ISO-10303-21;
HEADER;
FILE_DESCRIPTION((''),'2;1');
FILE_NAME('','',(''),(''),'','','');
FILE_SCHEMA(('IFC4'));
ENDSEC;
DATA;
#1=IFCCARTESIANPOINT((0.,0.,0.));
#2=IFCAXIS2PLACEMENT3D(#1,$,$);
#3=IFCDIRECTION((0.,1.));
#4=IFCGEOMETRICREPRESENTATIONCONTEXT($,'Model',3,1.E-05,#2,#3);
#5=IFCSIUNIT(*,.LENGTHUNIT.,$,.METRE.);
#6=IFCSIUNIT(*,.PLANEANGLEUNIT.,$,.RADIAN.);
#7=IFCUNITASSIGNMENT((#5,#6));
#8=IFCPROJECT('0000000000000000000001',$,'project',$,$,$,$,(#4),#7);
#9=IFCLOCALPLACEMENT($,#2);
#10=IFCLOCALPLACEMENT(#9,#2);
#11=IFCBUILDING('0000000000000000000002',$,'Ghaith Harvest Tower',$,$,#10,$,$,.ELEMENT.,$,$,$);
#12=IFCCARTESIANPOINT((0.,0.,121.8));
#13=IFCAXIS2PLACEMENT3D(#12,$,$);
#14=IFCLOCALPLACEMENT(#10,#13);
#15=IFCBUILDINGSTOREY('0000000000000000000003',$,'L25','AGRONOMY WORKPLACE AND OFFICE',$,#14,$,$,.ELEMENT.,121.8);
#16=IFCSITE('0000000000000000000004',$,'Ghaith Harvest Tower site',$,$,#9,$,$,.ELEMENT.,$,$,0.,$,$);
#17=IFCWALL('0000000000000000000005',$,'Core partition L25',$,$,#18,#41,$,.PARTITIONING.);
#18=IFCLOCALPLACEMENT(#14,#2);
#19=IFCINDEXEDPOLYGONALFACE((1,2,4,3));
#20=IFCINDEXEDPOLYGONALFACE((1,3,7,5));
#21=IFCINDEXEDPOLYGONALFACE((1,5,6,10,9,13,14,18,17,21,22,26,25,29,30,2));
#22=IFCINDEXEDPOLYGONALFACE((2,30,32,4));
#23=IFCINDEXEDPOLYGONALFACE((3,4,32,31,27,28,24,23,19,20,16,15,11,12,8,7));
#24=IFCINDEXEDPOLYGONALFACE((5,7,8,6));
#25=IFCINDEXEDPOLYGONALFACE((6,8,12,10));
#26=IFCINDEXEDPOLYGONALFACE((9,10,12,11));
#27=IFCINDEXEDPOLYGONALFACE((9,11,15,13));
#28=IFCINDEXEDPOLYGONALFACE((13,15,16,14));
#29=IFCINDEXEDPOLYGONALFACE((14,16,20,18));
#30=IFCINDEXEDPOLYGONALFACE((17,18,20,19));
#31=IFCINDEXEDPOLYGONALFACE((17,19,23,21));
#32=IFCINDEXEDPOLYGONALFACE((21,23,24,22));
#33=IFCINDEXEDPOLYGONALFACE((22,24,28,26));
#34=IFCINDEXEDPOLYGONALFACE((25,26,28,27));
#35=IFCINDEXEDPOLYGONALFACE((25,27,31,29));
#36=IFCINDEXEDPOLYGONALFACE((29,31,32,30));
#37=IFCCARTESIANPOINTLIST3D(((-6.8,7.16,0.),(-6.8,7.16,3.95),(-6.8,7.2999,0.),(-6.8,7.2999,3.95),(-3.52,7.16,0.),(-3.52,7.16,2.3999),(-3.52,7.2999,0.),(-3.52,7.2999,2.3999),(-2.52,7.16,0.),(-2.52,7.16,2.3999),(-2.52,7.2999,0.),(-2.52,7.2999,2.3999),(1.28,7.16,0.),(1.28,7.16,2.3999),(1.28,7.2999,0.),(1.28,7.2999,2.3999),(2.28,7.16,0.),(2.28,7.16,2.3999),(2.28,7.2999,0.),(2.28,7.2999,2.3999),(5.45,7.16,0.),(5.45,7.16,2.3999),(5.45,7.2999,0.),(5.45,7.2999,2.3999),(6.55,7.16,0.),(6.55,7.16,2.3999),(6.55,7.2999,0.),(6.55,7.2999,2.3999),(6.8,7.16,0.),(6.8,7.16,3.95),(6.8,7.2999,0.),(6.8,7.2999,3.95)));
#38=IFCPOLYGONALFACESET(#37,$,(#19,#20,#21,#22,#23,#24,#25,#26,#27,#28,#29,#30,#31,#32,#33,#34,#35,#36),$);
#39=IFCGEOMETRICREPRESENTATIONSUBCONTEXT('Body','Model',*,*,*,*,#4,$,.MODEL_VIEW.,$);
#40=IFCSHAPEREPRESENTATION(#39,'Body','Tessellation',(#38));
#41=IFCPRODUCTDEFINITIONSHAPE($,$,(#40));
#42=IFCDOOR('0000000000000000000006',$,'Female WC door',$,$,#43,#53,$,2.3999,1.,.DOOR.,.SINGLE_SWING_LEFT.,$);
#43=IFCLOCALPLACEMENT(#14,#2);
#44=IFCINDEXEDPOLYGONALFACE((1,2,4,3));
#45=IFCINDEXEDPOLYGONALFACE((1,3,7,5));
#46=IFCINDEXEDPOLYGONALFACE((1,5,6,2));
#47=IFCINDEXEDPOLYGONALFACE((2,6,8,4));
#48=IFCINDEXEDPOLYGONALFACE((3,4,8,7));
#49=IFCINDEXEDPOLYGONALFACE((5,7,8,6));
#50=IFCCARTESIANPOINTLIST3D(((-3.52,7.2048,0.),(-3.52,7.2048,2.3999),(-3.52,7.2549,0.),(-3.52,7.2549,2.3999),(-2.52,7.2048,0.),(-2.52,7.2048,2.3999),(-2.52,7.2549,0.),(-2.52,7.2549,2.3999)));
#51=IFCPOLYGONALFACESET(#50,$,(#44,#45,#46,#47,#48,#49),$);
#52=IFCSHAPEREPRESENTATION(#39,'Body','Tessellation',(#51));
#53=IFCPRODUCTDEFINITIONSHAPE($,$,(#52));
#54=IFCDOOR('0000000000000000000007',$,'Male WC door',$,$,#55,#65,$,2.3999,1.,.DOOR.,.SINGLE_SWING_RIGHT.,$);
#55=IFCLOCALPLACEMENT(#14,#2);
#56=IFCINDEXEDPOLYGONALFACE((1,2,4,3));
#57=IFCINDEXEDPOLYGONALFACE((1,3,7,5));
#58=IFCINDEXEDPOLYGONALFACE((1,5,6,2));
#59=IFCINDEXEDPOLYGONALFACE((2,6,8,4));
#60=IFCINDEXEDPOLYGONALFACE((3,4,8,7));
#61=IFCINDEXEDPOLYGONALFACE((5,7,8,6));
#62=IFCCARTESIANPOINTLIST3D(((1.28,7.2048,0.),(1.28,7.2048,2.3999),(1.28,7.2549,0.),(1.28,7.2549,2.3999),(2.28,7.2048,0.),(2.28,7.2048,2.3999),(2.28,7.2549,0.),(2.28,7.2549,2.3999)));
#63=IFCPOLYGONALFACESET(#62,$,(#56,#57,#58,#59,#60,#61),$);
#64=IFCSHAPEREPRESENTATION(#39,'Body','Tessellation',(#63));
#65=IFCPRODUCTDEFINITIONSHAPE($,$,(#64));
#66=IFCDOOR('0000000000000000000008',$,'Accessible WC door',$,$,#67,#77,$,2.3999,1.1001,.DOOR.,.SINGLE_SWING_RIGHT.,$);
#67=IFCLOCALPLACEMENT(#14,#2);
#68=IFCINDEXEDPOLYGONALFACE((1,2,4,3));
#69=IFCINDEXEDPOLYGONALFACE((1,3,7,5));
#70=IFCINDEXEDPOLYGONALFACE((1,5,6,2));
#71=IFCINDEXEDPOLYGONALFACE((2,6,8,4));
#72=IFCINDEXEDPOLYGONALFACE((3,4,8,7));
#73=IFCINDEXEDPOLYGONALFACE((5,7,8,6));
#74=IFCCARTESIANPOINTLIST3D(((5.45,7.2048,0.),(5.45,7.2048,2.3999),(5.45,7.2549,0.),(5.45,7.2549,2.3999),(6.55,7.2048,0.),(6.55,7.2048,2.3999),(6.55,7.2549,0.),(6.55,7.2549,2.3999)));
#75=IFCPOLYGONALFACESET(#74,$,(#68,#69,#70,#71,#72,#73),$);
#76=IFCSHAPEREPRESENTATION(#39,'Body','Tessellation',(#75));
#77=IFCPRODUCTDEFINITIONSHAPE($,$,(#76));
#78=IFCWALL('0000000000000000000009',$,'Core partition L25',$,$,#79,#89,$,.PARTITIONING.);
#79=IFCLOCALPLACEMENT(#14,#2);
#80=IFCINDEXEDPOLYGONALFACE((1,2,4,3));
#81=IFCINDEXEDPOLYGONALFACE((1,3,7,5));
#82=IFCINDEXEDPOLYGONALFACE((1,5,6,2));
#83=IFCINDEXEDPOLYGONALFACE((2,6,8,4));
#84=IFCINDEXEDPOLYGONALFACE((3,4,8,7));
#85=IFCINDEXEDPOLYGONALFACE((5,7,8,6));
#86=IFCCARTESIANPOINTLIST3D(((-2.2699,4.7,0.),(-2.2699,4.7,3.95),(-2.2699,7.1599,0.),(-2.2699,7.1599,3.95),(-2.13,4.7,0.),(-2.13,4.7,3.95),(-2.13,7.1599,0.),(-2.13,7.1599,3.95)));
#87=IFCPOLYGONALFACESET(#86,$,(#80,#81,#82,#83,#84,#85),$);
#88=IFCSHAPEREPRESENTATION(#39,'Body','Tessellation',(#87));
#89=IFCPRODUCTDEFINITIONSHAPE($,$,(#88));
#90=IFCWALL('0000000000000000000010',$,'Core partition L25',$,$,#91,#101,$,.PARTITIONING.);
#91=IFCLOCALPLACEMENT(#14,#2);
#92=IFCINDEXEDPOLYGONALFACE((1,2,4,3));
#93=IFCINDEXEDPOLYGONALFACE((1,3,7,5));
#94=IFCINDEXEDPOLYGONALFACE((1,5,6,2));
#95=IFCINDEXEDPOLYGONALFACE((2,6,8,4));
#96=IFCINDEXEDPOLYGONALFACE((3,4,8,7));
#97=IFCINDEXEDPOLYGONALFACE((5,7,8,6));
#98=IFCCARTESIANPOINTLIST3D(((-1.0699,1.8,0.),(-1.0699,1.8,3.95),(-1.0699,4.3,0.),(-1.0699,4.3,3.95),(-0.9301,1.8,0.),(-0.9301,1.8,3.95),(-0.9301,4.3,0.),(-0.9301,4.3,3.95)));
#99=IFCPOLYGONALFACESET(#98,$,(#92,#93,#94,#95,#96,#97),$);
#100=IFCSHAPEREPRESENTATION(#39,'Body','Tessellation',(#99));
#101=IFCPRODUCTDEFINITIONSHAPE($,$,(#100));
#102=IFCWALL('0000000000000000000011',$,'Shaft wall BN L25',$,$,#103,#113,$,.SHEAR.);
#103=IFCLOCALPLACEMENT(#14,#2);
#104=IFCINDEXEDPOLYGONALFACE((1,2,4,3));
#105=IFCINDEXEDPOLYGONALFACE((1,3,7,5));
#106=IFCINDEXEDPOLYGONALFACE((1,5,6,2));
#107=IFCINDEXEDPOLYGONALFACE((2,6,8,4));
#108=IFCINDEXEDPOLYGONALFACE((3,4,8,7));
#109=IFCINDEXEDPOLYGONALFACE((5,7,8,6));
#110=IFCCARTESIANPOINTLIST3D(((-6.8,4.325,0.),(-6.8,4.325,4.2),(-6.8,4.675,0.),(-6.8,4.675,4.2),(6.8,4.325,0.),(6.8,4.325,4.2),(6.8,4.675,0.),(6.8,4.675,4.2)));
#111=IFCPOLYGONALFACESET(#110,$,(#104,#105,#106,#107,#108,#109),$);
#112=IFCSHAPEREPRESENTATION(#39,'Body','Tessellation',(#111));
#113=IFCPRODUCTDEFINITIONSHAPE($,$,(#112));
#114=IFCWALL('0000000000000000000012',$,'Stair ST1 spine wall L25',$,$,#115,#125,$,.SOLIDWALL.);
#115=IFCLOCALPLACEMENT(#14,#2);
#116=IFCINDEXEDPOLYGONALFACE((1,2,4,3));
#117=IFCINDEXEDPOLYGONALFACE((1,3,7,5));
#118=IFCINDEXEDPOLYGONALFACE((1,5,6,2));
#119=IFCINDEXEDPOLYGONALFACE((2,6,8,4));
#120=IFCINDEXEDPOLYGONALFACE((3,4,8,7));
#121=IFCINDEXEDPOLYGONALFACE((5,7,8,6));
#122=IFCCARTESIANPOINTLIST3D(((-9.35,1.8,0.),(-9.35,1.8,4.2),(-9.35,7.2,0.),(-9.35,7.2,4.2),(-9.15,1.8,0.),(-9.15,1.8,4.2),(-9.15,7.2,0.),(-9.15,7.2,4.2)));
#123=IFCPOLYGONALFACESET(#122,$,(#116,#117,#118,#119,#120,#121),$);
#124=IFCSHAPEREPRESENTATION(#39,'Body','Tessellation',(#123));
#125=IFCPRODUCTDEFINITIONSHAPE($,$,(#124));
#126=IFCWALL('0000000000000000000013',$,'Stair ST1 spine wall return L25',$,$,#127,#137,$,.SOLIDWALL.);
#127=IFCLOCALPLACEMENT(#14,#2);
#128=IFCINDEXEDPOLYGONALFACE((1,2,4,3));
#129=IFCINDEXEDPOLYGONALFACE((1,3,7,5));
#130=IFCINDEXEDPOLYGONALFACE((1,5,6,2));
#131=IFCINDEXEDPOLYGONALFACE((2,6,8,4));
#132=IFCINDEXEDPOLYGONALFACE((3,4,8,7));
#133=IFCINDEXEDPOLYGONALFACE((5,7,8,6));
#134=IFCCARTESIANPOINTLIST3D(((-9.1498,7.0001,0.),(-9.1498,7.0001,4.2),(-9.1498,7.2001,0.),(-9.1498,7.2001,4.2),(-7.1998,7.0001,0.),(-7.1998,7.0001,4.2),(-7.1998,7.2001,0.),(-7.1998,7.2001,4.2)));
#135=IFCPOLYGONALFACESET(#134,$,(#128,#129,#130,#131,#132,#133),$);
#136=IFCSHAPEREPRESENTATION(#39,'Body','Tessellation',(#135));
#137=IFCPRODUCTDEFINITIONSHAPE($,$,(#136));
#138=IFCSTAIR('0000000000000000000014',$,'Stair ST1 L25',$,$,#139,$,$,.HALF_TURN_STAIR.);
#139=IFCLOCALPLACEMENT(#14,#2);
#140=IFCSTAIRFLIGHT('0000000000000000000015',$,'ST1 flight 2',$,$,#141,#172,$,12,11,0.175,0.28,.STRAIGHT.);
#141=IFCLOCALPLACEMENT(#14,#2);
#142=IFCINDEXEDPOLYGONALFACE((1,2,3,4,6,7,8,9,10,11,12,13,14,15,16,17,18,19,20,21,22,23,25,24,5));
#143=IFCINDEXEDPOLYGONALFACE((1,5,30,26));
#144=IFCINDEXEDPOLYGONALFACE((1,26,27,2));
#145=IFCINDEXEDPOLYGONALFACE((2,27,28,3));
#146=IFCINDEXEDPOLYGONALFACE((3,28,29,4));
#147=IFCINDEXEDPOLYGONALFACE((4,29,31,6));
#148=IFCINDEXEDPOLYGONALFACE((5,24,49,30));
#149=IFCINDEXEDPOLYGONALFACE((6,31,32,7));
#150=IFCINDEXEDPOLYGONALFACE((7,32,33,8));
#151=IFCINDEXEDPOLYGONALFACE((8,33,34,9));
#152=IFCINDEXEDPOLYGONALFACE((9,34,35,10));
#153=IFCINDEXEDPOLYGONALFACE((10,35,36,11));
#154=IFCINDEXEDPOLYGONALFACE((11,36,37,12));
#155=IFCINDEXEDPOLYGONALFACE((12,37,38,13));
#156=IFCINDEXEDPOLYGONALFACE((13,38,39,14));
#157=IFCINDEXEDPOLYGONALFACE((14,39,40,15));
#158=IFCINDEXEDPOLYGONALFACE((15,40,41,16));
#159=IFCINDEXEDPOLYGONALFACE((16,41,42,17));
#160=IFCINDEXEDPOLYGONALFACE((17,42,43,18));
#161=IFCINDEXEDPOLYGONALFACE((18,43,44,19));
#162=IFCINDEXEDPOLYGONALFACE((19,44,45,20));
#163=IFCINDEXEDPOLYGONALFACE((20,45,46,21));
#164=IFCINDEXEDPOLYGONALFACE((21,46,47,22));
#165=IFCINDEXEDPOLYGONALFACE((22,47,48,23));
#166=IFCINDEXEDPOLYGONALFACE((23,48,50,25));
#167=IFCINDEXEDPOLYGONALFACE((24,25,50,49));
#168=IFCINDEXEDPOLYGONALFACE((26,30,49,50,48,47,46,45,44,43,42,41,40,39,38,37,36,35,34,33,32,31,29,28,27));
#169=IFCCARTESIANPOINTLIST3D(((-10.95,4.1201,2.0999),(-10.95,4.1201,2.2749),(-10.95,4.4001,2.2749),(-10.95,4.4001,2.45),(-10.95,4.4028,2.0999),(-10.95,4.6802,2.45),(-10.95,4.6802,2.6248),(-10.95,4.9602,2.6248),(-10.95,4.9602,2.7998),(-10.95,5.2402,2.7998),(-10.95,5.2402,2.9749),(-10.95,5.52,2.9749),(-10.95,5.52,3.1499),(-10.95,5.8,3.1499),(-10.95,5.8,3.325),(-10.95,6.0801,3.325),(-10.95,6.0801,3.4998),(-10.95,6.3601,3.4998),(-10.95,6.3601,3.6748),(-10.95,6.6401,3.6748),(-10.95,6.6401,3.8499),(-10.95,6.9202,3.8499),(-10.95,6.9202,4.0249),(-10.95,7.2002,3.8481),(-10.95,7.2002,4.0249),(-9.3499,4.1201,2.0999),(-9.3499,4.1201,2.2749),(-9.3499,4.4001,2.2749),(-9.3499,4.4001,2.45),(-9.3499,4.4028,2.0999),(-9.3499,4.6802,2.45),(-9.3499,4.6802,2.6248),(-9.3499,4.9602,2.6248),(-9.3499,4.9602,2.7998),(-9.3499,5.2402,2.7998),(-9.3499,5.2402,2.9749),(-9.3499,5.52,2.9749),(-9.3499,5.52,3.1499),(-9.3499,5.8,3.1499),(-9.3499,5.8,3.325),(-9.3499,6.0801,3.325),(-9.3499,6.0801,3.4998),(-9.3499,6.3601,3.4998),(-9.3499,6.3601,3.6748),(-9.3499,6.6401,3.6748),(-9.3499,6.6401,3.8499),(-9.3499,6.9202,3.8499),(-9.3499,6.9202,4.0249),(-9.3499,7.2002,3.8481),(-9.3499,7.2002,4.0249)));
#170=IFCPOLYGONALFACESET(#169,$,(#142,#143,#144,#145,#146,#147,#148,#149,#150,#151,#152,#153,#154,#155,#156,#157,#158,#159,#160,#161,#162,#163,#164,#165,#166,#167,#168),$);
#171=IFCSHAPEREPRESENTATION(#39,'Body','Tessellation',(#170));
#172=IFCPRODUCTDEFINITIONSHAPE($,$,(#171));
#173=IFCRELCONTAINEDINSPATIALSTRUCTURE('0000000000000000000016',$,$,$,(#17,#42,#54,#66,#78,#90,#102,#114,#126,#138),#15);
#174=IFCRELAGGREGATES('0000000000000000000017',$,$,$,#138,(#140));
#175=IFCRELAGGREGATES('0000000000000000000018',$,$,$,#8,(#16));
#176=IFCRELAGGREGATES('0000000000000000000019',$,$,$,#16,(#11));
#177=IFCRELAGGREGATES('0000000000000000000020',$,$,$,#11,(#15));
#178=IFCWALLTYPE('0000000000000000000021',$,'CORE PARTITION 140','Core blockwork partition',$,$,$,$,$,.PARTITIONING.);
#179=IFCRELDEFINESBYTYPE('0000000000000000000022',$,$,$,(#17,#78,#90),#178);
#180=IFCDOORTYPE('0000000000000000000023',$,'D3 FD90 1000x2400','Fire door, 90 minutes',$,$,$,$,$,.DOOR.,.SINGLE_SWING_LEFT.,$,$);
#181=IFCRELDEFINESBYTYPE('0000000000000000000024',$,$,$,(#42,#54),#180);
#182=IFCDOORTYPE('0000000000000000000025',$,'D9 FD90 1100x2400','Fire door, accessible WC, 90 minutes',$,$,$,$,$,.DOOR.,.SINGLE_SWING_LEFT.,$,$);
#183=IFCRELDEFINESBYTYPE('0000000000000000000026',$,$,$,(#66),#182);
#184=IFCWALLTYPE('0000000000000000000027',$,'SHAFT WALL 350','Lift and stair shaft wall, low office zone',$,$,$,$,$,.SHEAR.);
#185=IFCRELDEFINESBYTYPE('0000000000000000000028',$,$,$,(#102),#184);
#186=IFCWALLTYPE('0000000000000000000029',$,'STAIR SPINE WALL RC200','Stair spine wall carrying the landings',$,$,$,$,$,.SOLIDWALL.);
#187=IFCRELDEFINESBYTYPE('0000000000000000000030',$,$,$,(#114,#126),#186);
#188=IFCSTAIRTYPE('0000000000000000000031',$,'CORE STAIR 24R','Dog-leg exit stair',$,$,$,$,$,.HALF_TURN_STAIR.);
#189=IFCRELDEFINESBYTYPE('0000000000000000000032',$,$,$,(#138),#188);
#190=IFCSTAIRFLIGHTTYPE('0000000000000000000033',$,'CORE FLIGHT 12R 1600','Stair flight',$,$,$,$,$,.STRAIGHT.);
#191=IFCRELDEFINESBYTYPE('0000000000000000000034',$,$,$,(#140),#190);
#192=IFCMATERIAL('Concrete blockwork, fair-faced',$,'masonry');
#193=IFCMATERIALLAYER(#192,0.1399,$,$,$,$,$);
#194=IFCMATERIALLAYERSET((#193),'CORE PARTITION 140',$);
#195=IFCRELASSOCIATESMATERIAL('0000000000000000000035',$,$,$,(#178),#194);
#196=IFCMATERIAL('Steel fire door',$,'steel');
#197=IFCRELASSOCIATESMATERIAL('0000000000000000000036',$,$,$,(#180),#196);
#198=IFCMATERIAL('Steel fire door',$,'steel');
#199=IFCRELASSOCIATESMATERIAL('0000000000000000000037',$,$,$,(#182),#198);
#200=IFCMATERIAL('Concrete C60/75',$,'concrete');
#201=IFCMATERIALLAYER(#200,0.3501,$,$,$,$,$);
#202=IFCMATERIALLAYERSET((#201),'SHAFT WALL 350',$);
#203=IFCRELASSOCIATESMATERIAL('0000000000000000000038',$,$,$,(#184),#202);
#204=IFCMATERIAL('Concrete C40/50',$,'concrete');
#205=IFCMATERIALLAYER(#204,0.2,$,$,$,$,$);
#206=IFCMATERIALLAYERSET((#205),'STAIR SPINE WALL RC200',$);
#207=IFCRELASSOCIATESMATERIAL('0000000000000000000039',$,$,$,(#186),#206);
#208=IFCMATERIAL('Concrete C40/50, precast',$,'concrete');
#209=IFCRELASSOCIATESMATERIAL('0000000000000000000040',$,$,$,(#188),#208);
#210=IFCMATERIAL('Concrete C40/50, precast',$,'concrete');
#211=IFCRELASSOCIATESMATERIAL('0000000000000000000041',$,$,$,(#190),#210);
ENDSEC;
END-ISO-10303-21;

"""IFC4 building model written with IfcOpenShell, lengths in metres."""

from ifc_helpers import new_model, si_unit, direction, frame, frame_2d, origin, place, context, subcontext, project, spatial, polyline, rectangle, outline, extrude, material, layer, layer_set, type_object, element, fill, aggregate, save


model = new_model("IFC4")

# Units and contexts
model_context = context("Model", 3, precision=1e-05, world=origin(), true_north=direction((0.0, 1.0)))
body_context = subcontext(model_context, "Body", "Model", "MODEL_VIEW")
ifc_project = project(units=[si_unit("LENGTHUNIT", "METRE"), si_unit("PLANEANGLEUNIT", "RADIAN")], contexts=[model_context])

# Site, building, storey
site_placement = place(None, origin())
site = spatial("IfcSite", under=ifc_project, at=site_placement, Name="Ghaith Harvest Tower site", CompositionType="ELEMENT", RefElevation=0.0)
building_placement = place(site_placement, origin())
building = spatial("IfcBuilding", under=site, at=building_placement, Name="Ghaith Harvest Tower", CompositionType="ELEMENT")
storey_placement = place(building_placement, frame((0.0, 0.0, 121.8)))
storey = spatial("IfcBuildingStorey", under=building, at=storey_placement, Name="L25", Description="AGRONOMY WORKPLACE AND OFFICE", CompositionType="ELEMENT", Elevation=121.8)

# Wall, openings, doors
ifc_material_1 = material(Name="Concrete blockwork, fair-faced", Category="masonry")
ifc_layer_1 = layer(ifc_material_1, 0.1399)
ifc_layer_set_1 = layer_set([ifc_layer_1], Name="CORE PARTITION 140")
wall_type_1 = type_object("IfcWallType", Name="CORE PARTITION 140", Description="Core blockwork partition", PredefinedType="PARTITIONING", material=ifc_layer_set_1)
wall_1_placement = place(storey_placement, frame((-6.8, 7.23, 0.0), z_axis=(0.0, 0.0, 1.0), x_axis=(1.0, 0.0, 0.0)))
wall_1 = element("IfcWall", 1, at=wall_1_placement, inside=storey, type_object=wall_type_1, Name="Core partition L25", PredefinedType="PARTITIONING", context=body_context, shape_type="SweptSolid", body=[
    extrude(rectangle(XDim=13.6001, YDim=0.1399, at=frame_2d((6.8, 0.0))), origin(), (0.0, 0.0, 1.0), 3.95),
])
opening_1_placement = place(wall_1_placement, frame((3.28, 0.0, 0.0)))
opening_1 = element("IfcOpeningElement", 2, at=opening_1_placement, cuts=wall_1, PredefinedType="OPENING", context=body_context, shape_type="SweptSolid", body=[
    extrude(rectangle(XDim=1.0, YDim=2.3999, at=frame_2d((0.5, 1.2))), frame((0.0, 0.0801, 0.0), z_axis=(0.0, -1.0, 0.0), x_axis=(1.0, 0.0, 0.0)), (0.0, 0.0, 1.0), 0.1599),
])
opening_2_placement = place(wall_1_placement, frame((8.0801, 0.0, 0.0)))
opening_2 = element("IfcOpeningElement", 3, at=opening_2_placement, cuts=wall_1, PredefinedType="OPENING", context=body_context, shape_type="SweptSolid", body=[
    extrude(rectangle(XDim=1.0, YDim=2.3999, at=frame_2d((0.5, 1.2))), frame((0.0, 0.0801, 0.0), z_axis=(0.0, -1.0, 0.0), x_axis=(1.0, 0.0, 0.0)), (0.0, 0.0, 1.0), 0.1599),
])
opening_3_placement = place(wall_1_placement, frame((12.25, 0.0, 0.0)))
opening_3 = element("IfcOpeningElement", 4, at=opening_3_placement, cuts=wall_1, PredefinedType="OPENING", context=body_context, shape_type="SweptSolid", body=[
    extrude(rectangle(XDim=1.1001, YDim=2.3999, at=frame_2d((0.55, 1.2))), frame((0.0, 0.0801, 0.0), z_axis=(0.0, -1.0, 0.0), x_axis=(1.0, 0.0, 0.0)), (0.0, 0.0, 1.0), 0.1599),
])
ifc_material_2 = material(Name="Steel fire door", Category="steel")
door_type_1 = type_object("IfcDoorType", Name="D3 FD90 1000x2400", Description="Fire door, 90 minutes", OperationType="SINGLE_SWING_LEFT", PredefinedType="DOOR", material=ifc_material_2)
door_1_placement = place(opening_1_placement, origin())
door_1 = element("IfcDoor", 5, at=door_1_placement, inside=storey, type_object=door_type_1, Name="Female WC door", OperationType="SINGLE_SWING_LEFT", OverallHeight=2.3999, OverallWidth=1.0, PredefinedType="DOOR", context=body_context, shape_type="SweptSolid", body=[
    extrude(rectangle(XDim=1.0, YDim=2.3999, at=frame_2d((0.5, 1.2))), frame((0.0, 0.0249, 0.0), z_axis=(0.0, -1.0, 0.0), x_axis=(1.0, 0.0, 0.0)), (0.0, 0.0, 1.0), 0.05),
])
fill(opening_1, door_1)
door_2_placement = place(opening_2_placement, origin())
door_2 = element("IfcDoor", 6, at=door_2_placement, inside=storey, type_object=door_type_1, Name="Male WC door", OperationType="SINGLE_SWING_RIGHT", OverallHeight=2.3999, OverallWidth=1.0, PredefinedType="DOOR", context=body_context, shape_type="SweptSolid", body=[
    extrude(rectangle(XDim=1.0, YDim=2.3999, at=frame_2d((0.5, 1.2))), frame((0.0, 0.0249, 0.0), z_axis=(0.0, -1.0, 0.0), x_axis=(1.0, 0.0, 0.0)), (0.0, 0.0, 1.0), 0.05),
])
fill(opening_2, door_2)
ifc_material_3 = material(Name="Steel fire door", Category="steel")
door_type_2 = type_object("IfcDoorType", Name="D9 FD90 1100x2400", Description="Fire door, accessible WC, 90 minutes", OperationType="SINGLE_SWING_LEFT", PredefinedType="DOOR", material=ifc_material_3)
door_3_placement = place(opening_3_placement, origin())
door_3 = element("IfcDoor", 7, at=door_3_placement, inside=storey, type_object=door_type_2, Name="Accessible WC door", OperationType="SINGLE_SWING_RIGHT", OverallHeight=2.3999, OverallWidth=1.1001, PredefinedType="DOOR", context=body_context, shape_type="SweptSolid", body=[
    extrude(rectangle(XDim=1.1001, YDim=2.3999, at=frame_2d((0.55, 1.2))), frame((0.0, 0.0249, 0.0), z_axis=(0.0, -1.0, 0.0), x_axis=(1.0, 0.0, 0.0)), (0.0, 0.0, 1.0), 0.05),
])
fill(opening_3, door_3)

# Walls
wall_2_placement = place(storey_placement, frame((-2.2, 4.7, 0.0), z_axis=(0.0, 0.0, 1.0), x_axis=(0.0, 1.0, 0.0)))
element("IfcWall", 8, at=wall_2_placement, inside=storey, type_object=wall_type_1, Name="Core partition L25", PredefinedType="PARTITIONING", context=body_context, shape_type="SweptSolid", body=[
    extrude(rectangle(XDim=2.46, YDim=0.1399, at=frame_2d((1.23, 0.0))), origin(), (0.0, 0.0, 1.0), 3.95),
])
wall_3_placement = place(storey_placement, frame((-1.0, 1.8, 0.0), z_axis=(0.0, 0.0, 1.0), x_axis=(0.0, 1.0, 0.0)))
element("IfcWall", 9, at=wall_3_placement, inside=storey, type_object=wall_type_1, Name="Core partition L25", PredefinedType="PARTITIONING", context=body_context, shape_type="SweptSolid", body=[
    extrude(rectangle(XDim=2.5, YDim=0.1399, at=frame_2d((1.25, 0.0))), origin(), (0.0, 0.0, 1.0), 3.95),
])

# Shared definitions
ifc_material_4 = material(Name="Concrete C60/75", Category="concrete")
ifc_layer_2 = layer(ifc_material_4, 0.3501)
ifc_layer_set_2 = layer_set([ifc_layer_2], Name="SHAFT WALL 350")
wall_type_2 = type_object("IfcWallType", Name="SHAFT WALL 350", Description="Lift and stair shaft wall, low office zone", PredefinedType="SHEAR", material=ifc_layer_set_2)

# Walls
wall_4_placement = place(storey_placement, frame((-6.8, 4.5, 0.0), z_axis=(0.0, 0.0, 1.0), x_axis=(1.0, 0.0, 0.0)))
element("IfcWall", 10, at=wall_4_placement, inside=storey, type_object=wall_type_2, Name="Shaft wall BN L25", PredefinedType="SHEAR", context=body_context, shape_type="SweptSolid", body=[
    extrude(rectangle(XDim=13.6001, YDim=0.3501, at=frame_2d((6.8, 0.0))), origin(), (0.0, 0.0, 1.0), 4.2),
])
ifc_material_5 = material(Name="Concrete C40/50", Category="concrete")
ifc_layer_3 = layer(ifc_material_5, 0.2)
ifc_layer_set_3 = layer_set([ifc_layer_3], Name="STAIR SPINE WALL RC200")
wall_type_3 = type_object("IfcWallType", Name="STAIR SPINE WALL RC200", Description="Stair spine wall carrying the landings", PredefinedType="SOLIDWALL", material=ifc_layer_set_3)
wall_5_placement = place(storey_placement, frame((-9.25, 7.2, 0.0), z_axis=(0.0, 0.0, 1.0), x_axis=(0.0, -1.0, 0.0)))
element("IfcWall", 11, at=wall_5_placement, inside=storey, type_object=wall_type_3, Name="Stair ST1 spine wall L25", PredefinedType="SOLIDWALL", context=body_context, shape_type="SweptSolid", body=[
    extrude(rectangle(XDim=5.3999, YDim=0.2, at=frame_2d((2.7, 0.0))), origin(), (0.0, 0.0, 1.0), 4.2),
])
wall_6_placement = place(storey_placement, frame((-9.1499, 7.1001, 0.0), z_axis=(0.0, 0.0, 1.0), x_axis=(1.0, 0.0, 0.0)))
element("IfcWall", 12, at=wall_6_placement, inside=storey, type_object=wall_type_3, Name="Stair ST1 spine wall return L25", PredefinedType="SOLIDWALL", context=body_context, shape_type="SweptSolid", body=[
    extrude(rectangle(XDim=1.95, YDim=0.2, at=frame_2d((0.9751, 0.0))), origin(), (0.0, 0.0, 1.0), 4.2),
])

# Stair, stair flight
ifc_material_6 = material(Name="Concrete C40/50, precast", Category="concrete")
stair_type = type_object("IfcStairType", Name="CORE STAIR 24R", Description="Dog-leg exit stair", PredefinedType="HALF_TURN_STAIR", material=ifc_material_6)
stair_placement = place(storey_placement, origin())
stair = element("IfcStair", 13, at=stair_placement, inside=storey, type_object=stair_type, Name="Stair ST1 L25", PredefinedType="HALF_TURN_STAIR")
ifc_material_7 = material(Name="Concrete C40/50, precast", Category="concrete")
stair_flight_type = type_object("IfcStairFlightType", Name="CORE FLIGHT 12R 1600", Description="Stair flight", PredefinedType="STRAIGHT", material=ifc_material_7)
stair_flight_placement = place(storey_placement, frame((-10.1499, 4.1201, 2.0999), z_axis=(0.0, 0.0, 1.0), x_axis=(0.0, 1.0, 0.0)))
stair_flight = element("IfcStairFlight", 14, at=stair_flight_placement, type_object=stair_flight_type, Name="ST1 flight 2", NumberOfRisers=12, NumberOfTreads=11, PredefinedType="STRAIGHT", RiserHeight=0.175, TreadLength=0.28, context=body_context, shape_type="SweptSolid", body=[
    extrude(outline(polyline([(0.0, 0.0), (0.0, 0.175), (0.28, 0.175), (0.28, 0.3501), (0.5601, 0.3501), (0.5601, 0.5249), (0.8401, 0.5249), (0.8401, 0.7), (1.1201, 0.7), (1.1201, 0.875), (1.3999, 0.875), (1.3999, 1.05), (1.6799, 1.05), (1.6799, 1.2251), (1.96, 1.2251), (1.96, 1.3999), (2.24, 1.3999), (2.24, 1.575), (2.52, 1.575), (2.52, 1.75), (2.8, 1.75), (2.8, 1.925), (3.0801, 1.925), (3.0801, 2.1001), (3.0801, 1.7483), (0.2827, 0.0), (0.0, 0.0)])), frame((0.0, 0.8, 0.0), z_axis=(0.0, -1.0, 0.0), x_axis=(1.0, 0.0, 0.0)), (0.0, 0.0, 1.0), 1.6001),
])
aggregate(stair, [stair_flight])

save(model, "model.ifc")
